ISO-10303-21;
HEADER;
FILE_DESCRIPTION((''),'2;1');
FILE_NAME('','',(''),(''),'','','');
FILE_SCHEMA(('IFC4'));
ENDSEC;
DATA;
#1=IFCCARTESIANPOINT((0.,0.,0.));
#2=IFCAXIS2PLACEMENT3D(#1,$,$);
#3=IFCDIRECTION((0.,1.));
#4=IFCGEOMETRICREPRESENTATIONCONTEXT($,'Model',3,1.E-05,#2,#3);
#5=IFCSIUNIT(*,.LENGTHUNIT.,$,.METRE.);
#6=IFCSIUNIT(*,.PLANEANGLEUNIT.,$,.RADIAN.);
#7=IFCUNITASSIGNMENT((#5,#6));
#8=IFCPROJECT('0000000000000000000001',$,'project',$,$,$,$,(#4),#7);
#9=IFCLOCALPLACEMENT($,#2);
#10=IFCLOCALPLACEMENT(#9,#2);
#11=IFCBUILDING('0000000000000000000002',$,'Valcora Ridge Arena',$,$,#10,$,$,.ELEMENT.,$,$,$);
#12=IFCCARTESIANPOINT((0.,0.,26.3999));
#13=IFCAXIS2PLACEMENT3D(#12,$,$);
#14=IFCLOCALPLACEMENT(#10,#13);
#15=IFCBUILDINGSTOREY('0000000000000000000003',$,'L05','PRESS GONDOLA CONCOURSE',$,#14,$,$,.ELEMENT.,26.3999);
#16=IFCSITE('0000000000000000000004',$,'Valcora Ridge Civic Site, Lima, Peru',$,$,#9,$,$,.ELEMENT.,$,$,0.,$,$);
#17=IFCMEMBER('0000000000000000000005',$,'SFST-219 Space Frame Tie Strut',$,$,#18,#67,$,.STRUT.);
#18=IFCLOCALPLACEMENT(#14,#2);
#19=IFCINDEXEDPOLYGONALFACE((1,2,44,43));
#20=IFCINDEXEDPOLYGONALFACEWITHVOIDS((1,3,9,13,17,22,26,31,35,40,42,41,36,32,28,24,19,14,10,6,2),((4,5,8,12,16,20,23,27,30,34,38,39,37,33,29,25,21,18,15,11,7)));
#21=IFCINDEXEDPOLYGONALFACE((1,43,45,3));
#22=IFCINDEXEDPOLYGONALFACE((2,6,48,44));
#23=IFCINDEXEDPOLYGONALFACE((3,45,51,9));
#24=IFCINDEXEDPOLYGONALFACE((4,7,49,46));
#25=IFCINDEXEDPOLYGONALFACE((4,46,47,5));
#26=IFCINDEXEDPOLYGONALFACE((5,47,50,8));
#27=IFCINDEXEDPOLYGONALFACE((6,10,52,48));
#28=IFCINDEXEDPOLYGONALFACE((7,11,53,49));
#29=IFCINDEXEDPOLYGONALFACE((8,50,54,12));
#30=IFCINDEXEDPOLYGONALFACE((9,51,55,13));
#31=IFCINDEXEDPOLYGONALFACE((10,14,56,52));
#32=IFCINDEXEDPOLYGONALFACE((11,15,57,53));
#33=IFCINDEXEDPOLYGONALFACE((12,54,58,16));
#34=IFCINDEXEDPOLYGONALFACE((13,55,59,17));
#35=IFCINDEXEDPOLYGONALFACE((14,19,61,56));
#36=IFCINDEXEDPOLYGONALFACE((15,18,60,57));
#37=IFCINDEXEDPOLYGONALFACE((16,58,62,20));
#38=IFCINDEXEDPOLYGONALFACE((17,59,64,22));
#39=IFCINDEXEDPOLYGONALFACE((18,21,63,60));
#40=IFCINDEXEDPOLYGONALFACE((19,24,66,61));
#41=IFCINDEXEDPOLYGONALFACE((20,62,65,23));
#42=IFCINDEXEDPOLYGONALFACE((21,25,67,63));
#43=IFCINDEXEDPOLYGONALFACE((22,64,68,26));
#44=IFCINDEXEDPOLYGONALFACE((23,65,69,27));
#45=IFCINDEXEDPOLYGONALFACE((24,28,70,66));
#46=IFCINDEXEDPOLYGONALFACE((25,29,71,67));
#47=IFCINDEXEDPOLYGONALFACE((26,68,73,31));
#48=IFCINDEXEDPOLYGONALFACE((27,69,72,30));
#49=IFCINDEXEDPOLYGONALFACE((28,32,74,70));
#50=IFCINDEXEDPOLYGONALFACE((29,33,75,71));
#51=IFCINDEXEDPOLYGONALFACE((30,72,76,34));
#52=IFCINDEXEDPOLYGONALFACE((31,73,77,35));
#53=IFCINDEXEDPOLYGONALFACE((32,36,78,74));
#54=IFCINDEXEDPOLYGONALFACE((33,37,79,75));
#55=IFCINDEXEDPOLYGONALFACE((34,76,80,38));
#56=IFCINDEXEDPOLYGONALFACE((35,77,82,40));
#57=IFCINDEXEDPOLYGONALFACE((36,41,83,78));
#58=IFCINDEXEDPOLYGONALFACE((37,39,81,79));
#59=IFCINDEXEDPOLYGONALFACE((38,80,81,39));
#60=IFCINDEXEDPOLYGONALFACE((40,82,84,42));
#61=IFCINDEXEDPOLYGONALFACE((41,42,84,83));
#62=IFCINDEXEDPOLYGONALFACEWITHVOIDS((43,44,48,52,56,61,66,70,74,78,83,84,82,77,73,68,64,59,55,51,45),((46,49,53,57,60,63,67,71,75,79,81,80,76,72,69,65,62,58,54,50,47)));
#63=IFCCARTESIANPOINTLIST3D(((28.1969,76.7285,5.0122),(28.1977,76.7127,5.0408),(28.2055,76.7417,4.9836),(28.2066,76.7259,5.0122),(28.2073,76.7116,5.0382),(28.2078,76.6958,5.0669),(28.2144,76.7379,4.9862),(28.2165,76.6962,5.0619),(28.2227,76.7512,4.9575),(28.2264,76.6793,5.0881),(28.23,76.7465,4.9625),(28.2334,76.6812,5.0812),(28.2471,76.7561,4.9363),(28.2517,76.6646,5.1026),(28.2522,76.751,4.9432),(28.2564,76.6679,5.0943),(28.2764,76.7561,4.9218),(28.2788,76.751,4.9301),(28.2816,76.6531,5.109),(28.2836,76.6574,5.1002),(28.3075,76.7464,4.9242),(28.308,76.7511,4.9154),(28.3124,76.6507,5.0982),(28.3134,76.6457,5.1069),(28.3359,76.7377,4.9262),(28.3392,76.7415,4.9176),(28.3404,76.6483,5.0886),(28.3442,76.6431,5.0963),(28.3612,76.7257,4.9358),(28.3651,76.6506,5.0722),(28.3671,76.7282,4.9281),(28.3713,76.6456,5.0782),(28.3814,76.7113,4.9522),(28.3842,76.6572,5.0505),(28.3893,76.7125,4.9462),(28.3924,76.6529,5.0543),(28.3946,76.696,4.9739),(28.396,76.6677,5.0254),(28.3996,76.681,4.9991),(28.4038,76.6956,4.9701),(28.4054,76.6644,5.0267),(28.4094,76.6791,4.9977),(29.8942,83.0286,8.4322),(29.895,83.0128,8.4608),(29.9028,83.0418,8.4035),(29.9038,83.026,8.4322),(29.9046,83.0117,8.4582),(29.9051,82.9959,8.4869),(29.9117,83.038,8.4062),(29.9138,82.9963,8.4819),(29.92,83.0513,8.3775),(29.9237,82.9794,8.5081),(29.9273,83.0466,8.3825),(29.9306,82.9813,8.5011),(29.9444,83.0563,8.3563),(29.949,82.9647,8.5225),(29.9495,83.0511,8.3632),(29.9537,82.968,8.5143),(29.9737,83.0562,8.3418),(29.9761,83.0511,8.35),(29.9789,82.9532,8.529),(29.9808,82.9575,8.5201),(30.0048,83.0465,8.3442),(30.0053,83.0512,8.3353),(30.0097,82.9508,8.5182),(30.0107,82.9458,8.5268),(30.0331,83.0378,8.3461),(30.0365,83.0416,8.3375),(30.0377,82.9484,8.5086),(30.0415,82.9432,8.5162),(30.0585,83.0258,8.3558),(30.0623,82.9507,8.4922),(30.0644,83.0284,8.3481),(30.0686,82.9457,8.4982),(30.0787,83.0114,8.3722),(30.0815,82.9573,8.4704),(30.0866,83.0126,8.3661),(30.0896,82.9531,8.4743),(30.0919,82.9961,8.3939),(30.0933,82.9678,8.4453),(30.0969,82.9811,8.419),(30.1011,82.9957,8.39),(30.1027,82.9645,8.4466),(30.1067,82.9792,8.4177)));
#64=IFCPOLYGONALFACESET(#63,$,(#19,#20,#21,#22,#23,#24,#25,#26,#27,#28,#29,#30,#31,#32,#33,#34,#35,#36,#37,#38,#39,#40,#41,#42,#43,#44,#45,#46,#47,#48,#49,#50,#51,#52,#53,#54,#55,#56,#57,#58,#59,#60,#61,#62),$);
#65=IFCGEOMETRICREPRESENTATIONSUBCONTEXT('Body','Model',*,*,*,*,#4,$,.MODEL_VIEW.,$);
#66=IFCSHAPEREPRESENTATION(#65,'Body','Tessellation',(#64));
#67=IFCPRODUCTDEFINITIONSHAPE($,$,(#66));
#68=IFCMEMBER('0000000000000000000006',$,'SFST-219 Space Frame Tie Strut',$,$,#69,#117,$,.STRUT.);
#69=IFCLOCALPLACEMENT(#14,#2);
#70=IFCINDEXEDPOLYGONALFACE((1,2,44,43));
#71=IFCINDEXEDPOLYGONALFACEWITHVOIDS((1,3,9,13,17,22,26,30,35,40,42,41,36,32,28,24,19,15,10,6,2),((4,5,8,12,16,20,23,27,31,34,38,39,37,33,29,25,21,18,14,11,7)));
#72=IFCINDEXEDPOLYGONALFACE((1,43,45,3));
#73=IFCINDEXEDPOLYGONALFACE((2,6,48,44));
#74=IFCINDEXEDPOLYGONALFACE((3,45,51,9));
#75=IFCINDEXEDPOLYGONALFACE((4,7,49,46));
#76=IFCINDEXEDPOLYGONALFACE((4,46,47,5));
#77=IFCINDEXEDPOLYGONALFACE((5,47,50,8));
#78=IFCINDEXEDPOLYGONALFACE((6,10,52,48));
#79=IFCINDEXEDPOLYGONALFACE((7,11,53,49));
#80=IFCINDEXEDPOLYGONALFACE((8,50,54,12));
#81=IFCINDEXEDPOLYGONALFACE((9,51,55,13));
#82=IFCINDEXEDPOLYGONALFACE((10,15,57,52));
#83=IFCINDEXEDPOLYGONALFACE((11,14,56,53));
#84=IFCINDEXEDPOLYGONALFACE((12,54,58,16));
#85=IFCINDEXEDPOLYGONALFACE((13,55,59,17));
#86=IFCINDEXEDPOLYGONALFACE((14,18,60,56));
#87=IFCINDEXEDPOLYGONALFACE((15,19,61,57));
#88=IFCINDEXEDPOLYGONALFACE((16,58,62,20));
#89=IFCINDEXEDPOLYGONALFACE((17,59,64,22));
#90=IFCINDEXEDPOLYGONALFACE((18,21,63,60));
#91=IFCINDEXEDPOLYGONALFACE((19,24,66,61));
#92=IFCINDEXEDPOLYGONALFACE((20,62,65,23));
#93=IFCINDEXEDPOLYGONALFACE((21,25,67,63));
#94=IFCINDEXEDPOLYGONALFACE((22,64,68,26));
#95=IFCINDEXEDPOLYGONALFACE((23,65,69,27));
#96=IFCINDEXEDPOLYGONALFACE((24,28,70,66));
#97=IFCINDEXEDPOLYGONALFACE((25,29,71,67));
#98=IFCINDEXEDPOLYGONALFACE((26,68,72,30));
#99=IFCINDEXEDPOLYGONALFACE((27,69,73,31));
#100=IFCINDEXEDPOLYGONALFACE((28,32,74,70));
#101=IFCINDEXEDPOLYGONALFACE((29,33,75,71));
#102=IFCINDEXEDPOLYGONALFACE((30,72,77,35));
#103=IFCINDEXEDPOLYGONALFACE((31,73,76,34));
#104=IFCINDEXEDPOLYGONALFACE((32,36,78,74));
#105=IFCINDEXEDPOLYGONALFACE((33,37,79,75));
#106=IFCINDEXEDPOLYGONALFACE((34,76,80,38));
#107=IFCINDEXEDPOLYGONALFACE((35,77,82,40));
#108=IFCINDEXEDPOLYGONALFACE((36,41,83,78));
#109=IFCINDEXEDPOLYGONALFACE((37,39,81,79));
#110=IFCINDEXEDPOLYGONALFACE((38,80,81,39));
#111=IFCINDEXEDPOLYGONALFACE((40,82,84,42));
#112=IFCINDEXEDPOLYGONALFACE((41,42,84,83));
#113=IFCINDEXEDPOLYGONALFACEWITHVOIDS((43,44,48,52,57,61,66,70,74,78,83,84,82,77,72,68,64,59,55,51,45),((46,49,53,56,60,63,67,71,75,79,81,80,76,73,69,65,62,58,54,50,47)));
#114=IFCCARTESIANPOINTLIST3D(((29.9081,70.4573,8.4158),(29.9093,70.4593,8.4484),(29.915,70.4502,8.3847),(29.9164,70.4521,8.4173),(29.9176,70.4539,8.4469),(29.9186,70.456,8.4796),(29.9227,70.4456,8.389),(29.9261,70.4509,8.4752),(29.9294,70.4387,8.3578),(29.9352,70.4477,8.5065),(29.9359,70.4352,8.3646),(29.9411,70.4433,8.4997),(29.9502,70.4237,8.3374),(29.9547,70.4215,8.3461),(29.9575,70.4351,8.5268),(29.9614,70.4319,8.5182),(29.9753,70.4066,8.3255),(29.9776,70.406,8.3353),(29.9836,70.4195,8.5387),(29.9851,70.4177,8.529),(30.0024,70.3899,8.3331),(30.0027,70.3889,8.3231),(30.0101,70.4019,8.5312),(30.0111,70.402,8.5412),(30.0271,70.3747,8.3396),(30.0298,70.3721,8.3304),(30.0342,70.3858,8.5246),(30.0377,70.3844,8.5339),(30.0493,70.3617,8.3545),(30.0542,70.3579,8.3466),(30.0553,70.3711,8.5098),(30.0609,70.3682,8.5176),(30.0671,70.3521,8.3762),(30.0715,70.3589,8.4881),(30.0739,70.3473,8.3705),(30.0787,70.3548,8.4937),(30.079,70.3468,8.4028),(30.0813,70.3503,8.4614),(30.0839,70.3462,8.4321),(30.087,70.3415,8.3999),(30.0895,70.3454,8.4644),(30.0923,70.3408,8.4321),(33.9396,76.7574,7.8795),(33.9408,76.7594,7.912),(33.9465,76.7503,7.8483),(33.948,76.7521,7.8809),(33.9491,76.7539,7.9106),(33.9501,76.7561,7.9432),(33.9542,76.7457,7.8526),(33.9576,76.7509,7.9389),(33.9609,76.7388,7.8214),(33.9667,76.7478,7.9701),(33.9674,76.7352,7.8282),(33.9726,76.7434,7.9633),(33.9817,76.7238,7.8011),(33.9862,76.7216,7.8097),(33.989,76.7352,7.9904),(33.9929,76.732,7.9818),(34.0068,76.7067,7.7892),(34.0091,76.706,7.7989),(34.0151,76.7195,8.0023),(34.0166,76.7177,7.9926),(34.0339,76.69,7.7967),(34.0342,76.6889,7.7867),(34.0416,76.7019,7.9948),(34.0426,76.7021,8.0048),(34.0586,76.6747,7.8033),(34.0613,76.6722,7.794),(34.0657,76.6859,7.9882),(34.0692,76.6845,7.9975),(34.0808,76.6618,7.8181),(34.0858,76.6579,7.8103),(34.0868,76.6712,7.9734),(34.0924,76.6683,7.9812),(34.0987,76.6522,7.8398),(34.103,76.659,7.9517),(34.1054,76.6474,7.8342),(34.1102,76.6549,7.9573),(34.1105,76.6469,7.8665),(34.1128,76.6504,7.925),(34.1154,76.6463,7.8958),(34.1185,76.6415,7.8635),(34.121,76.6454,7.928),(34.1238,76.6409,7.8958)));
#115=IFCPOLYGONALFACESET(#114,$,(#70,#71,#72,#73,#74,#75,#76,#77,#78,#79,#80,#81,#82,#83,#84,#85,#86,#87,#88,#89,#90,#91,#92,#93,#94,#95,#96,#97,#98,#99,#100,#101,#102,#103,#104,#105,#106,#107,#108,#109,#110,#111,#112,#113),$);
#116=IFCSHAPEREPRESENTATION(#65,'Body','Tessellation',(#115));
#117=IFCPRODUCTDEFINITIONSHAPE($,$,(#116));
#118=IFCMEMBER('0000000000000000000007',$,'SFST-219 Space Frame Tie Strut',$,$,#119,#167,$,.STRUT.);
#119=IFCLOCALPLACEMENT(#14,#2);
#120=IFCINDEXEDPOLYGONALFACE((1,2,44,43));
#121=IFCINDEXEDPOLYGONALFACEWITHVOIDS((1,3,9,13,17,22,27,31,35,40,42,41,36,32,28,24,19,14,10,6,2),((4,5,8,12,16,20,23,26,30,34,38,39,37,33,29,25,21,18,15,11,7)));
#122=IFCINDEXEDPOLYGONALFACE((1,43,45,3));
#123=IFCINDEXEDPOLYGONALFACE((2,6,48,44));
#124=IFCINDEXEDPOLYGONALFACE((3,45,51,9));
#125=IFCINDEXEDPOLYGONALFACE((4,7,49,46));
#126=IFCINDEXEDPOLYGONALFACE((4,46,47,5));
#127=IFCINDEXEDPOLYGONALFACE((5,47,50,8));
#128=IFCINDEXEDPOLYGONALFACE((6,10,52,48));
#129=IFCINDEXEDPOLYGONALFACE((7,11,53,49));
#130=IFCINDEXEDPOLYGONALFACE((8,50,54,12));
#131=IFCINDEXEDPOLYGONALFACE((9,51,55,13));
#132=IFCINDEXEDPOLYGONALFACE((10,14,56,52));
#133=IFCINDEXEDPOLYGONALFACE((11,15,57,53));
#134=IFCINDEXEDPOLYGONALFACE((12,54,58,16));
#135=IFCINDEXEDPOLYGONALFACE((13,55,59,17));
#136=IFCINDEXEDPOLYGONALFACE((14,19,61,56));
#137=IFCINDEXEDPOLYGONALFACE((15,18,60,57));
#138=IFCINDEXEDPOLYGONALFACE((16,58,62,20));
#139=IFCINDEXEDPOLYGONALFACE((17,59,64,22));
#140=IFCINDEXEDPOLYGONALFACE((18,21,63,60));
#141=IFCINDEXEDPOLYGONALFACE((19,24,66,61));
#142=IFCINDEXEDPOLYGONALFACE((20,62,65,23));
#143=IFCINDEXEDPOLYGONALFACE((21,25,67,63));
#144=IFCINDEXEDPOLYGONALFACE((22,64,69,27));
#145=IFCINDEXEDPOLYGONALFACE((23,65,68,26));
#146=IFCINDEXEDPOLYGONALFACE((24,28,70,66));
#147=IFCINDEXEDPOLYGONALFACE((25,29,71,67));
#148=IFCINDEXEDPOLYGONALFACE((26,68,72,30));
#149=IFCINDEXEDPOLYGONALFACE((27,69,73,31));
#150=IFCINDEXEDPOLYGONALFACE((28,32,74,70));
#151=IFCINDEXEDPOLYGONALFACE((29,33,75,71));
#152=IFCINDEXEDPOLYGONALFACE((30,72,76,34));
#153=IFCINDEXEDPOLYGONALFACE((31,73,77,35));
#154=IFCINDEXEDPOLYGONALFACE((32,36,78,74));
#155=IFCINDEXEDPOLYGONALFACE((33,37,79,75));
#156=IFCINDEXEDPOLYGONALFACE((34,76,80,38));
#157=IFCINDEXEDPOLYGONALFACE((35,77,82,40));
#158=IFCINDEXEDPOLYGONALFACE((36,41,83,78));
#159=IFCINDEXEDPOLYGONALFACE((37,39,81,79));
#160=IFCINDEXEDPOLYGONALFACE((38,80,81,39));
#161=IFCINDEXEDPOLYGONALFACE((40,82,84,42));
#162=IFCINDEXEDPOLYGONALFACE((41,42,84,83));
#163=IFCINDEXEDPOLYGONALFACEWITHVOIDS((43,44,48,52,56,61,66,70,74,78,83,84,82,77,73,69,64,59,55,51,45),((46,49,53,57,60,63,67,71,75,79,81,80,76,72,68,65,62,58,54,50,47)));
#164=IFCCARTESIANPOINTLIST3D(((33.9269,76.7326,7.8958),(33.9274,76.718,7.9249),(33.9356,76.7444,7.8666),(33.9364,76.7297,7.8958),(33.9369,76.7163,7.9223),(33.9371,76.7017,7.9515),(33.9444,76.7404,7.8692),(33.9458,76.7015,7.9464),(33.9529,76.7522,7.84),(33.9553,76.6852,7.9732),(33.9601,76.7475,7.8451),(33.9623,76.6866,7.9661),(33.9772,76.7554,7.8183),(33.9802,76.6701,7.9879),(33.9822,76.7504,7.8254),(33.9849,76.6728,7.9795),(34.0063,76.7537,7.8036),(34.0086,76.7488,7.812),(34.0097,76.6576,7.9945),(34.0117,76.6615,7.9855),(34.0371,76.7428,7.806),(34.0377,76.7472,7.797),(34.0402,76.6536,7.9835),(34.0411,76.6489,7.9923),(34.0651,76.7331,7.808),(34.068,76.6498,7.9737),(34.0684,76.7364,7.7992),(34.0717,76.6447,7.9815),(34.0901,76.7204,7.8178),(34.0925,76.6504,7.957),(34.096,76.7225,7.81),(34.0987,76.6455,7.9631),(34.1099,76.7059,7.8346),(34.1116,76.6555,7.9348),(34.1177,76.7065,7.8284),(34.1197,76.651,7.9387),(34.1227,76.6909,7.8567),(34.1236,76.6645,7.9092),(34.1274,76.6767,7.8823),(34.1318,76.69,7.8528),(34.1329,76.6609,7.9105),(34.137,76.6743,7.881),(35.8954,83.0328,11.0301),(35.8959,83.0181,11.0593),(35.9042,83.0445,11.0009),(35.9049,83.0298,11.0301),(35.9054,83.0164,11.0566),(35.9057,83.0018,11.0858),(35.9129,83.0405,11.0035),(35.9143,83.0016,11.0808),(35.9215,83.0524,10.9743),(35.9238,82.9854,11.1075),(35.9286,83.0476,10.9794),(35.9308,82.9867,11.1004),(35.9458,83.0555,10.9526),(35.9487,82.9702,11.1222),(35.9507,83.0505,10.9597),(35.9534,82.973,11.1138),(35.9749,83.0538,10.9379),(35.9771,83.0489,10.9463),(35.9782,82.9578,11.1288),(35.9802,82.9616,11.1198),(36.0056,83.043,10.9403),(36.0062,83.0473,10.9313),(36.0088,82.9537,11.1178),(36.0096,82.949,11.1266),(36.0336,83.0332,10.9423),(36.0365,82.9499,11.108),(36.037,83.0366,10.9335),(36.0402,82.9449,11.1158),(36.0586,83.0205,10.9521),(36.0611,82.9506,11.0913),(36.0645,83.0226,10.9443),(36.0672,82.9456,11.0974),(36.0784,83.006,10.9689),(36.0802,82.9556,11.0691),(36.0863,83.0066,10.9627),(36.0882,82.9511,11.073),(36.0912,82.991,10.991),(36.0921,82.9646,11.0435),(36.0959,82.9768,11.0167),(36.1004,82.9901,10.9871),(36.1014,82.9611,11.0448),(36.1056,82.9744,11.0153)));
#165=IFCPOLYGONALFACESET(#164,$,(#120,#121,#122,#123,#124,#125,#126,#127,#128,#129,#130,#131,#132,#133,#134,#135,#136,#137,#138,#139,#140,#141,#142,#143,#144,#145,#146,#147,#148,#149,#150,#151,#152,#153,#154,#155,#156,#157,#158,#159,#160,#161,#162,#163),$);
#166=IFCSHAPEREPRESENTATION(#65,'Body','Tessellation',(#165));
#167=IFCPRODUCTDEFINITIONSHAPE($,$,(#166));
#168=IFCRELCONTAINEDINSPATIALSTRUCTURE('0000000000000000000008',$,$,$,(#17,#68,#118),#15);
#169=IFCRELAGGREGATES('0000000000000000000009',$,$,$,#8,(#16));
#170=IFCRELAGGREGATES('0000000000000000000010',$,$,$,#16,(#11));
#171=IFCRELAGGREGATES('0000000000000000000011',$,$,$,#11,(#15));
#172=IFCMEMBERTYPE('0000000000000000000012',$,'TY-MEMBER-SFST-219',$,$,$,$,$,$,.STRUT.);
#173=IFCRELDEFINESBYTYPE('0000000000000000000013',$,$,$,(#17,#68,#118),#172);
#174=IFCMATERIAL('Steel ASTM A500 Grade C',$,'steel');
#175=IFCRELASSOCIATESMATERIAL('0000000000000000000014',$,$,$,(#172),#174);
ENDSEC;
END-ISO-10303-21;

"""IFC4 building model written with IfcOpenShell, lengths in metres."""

from ifc_helpers import new_model, si_unit, direction, frame, origin, origin_2d, place, context, subcontext, project, spatial, hollow_circle, extrude, material, material_profile, profile_set, type_object, element, save


model = new_model("IFC4")

# Units and contexts
model_context = context("Model", 3, precision=1e-05, world=origin(), true_north=direction((0.0, 1.0)))
body_context = subcontext(model_context, "Body", "Model", "MODEL_VIEW")
ifc_project = project(units=[si_unit("LENGTHUNIT", "METRE"), si_unit("PLANEANGLEUNIT", "RADIAN")], contexts=[model_context])

# Site, building, storey
site_placement = place(None, origin())
site = spatial("IfcSite", under=ifc_project, at=site_placement, Name="Valcora Ridge Civic Site, Lima, Peru", CompositionType="ELEMENT", RefElevation=0.0)
building_placement = place(site_placement, origin())
building = spatial("IfcBuilding", under=site, at=building_placement, Name="Valcora Ridge Arena", CompositionType="ELEMENT")
storey_placement = place(building_placement, frame((0.0, 0.0, 26.3999)))
storey = spatial("IfcBuildingStorey", under=building, at=storey_placement, Name="L05", Description="PRESS GONDOLA CONCOURSE", CompositionType="ELEMENT", Elevation=26.3999)

# Members
ifc_material_1 = material(Name="Steel ASTM A500 Grade C", Category="steel")
ifc_material_profile_1 = material_profile(ifc_material_1, hollow_circle(Radius=0.1096, WallThickness=0.01, at=origin_2d()), Name="CHS219X10")
ifc_profile_set_1 = profile_set([ifc_material_profile_1], Name="Steel ASTM A500 Grade C")
member_type_1 = type_object("IfcMemberType", Name="TY-MEMBER-SFST-219", PredefinedType="STRUT", material=ifc_profile_set_1)
member_1_placement = place(storey_placement, frame((28.3027, 76.7, 5.0122), z_axis=(0.230399, 0.855215, 0.464245), x_axis=(-0.965573, 0.26013, 0.0)))
element("IfcMember", 1, at=member_1_placement, inside=storey, type_object=member_type_1, Name="SFST-219 Space Frame Tie Strut", PredefinedType="STRUT", context=body_context, shape_type="SweptSolid", body=[
    extrude(hollow_circle(Radius=0.1096, WallThickness=0.01, at=origin_2d()), origin(), (0.0, 0.0, 1.0), 7.3667),
])
member_2_placement = place(storey_placement, frame((34.0315, 76.7, 7.8958), z_axis=(-0.537622, -0.840146, 0.071529), x_axis=(0.842304, -0.539003, 0.0)))
element("IfcMember", 2, at=member_2_placement, inside=storey, type_object=member_type_1, Name="SFST-219 Space Frame Tie Strut", PredefinedType="STRUT", context=body_context, shape_type="SweptSolid", body=[
    extrude(hollow_circle(Radius=0.1096, WallThickness=0.01, at=origin_2d()), origin(), (0.0, 0.0, 1.0), 7.4988),
])
member_3_placement = place(storey_placement, frame((34.0315, 76.7, 7.8958), z_axis=(0.269407, 0.862217, 0.428953), x_axis=(-0.954491, 0.298239, 0.0)))
element("IfcMember", 3, at=member_3_placement, inside=storey, type_object=member_type_1, Name="SFST-219 Space Frame Tie Strut", PredefinedType="STRUT", context=body_context, shape_type="SweptSolid", body=[
    extrude(hollow_circle(Radius=0.1096, WallThickness=0.01, at=origin_2d()), origin(), (0.0, 0.0, 1.0), 7.3069),
])

save(model, "model.ifc")
